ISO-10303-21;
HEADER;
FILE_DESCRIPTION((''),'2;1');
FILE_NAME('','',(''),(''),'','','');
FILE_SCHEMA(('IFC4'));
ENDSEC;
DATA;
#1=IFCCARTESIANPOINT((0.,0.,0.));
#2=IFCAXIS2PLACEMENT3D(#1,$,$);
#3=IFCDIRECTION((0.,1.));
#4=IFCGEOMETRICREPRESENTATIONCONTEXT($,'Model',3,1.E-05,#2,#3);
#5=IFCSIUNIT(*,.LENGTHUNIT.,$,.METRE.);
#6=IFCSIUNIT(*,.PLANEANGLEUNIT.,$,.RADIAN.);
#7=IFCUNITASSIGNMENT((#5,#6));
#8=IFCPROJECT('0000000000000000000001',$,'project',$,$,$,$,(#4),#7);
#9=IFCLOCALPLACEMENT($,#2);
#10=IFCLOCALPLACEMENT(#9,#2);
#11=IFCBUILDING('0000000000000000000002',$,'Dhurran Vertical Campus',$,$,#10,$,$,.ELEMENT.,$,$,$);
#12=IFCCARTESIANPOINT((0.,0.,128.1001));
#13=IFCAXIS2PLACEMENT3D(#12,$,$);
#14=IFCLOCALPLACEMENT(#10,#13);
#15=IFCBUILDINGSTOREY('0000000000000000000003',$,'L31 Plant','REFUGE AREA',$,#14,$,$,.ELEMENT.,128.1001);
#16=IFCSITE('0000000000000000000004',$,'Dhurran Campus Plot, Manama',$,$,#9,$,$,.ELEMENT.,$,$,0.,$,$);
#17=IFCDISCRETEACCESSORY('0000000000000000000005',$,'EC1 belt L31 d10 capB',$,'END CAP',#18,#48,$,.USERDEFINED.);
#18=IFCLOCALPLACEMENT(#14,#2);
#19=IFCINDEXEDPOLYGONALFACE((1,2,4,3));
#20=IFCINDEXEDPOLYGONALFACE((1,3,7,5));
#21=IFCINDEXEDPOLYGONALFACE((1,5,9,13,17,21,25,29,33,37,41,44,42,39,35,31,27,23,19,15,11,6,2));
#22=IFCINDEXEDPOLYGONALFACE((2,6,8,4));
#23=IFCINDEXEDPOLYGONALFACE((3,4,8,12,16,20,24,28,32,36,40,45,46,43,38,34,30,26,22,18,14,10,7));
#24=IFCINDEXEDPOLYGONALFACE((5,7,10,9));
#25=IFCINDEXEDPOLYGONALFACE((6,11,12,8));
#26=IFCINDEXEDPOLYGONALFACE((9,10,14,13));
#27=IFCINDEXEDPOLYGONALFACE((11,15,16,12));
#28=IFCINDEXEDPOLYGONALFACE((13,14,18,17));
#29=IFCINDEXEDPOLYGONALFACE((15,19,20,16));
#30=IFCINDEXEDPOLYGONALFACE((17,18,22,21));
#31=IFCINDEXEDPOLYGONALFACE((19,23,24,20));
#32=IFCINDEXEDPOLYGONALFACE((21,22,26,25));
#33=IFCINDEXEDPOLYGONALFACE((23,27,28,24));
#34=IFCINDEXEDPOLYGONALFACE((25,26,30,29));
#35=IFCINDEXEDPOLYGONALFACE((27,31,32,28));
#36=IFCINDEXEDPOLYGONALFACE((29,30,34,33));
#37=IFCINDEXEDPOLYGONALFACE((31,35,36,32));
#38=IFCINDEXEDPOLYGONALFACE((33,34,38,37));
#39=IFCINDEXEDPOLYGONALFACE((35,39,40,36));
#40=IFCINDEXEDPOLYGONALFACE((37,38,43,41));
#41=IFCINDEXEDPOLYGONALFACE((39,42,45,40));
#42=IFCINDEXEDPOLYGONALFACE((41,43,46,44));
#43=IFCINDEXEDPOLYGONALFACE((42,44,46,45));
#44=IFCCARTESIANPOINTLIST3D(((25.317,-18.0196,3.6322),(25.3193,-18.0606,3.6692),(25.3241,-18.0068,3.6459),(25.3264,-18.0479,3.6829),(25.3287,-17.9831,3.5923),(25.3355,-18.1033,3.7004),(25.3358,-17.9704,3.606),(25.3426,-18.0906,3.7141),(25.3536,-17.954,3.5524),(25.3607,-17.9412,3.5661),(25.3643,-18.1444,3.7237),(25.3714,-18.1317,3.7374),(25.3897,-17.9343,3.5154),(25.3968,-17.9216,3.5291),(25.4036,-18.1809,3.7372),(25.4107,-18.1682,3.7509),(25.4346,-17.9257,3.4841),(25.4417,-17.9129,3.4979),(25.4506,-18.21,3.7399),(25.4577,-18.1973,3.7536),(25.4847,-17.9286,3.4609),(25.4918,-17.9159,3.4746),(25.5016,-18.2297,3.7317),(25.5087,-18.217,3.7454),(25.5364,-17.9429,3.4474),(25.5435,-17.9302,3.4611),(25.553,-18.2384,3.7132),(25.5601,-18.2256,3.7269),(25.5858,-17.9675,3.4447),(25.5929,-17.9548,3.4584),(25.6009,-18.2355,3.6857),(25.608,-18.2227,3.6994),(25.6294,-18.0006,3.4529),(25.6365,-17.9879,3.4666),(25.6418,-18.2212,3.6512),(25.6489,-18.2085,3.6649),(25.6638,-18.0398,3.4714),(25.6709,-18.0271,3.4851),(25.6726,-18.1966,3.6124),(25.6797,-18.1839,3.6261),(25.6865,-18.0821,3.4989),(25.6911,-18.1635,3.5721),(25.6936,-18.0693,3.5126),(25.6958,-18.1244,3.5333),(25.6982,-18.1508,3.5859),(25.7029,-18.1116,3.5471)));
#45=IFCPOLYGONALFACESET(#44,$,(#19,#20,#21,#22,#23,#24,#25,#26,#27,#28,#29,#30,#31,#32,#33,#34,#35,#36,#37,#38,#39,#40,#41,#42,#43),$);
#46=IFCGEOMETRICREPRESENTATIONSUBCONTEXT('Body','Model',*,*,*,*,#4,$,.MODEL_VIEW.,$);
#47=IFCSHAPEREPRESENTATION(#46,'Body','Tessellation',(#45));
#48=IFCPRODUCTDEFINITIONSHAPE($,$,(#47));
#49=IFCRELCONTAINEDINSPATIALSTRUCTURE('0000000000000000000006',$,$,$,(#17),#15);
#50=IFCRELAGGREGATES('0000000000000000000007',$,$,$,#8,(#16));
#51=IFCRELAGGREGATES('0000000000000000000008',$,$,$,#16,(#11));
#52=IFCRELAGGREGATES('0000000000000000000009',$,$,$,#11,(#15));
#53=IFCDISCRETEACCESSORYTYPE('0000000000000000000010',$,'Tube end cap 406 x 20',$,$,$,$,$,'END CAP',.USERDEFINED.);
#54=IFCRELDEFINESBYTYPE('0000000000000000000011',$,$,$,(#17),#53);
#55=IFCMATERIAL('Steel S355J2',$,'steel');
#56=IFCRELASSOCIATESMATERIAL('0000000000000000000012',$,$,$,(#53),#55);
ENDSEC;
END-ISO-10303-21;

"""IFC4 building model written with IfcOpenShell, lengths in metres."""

from ifc_helpers import new_model, si_unit, direction, frame, origin, origin_2d, place, context, subcontext, project, spatial, circle, extrude, material, material_profile, profile_set, type_object, element, save


model = new_model("IFC4")

# Units and contexts
model_context = context("Model", 3, precision=1e-05, world=origin(), true_north=direction((0.0, 1.0)))
body_context = subcontext(model_context, "Body", "Model", "MODEL_VIEW")
ifc_project = project(units=[si_unit("LENGTHUNIT", "METRE"), si_unit("PLANEANGLEUNIT", "RADIAN")], contexts=[model_context])

# Site, building, storey
site_placement = place(None, origin())
site = spatial("IfcSite", under=ifc_project, at=site_placement, Name="Dhurran Campus Plot, Manama", CompositionType="ELEMENT", RefElevation=0.0)
building_placement = place(site_placement, origin())
building = spatial("IfcBuilding", under=site, at=building_placement, Name="Dhurran Vertical Campus", CompositionType="ELEMENT")
storey_placement = place(building_placement, frame((0.0, 0.0, 128.1001)))
storey = spatial("IfcBuildingStorey", under=building, at=storey_placement, Name="L31 Plant", Description="REFUGE AREA", CompositionType="ELEMENT", Elevation=128.1001)

# Discrete accessory
ifc_material_1 = material(Name="Steel S355J2", Category="steel")
ifc_material_profile_1 = material_profile(ifc_material_1, circle(Radius=0.2031, at=origin_2d()), Name="Tube end cap 406 x 20")
ifc_profile_set_1 = profile_set([ifc_material_profile_1], Name="Steel S355J2")
discrete_accessory_type = type_object("IfcDiscreteAccessoryType", Name="Tube end cap 406 x 20", ElementType="END CAP", PredefinedType="USERDEFINED", material=ifc_profile_set_1)
for number, where, z_axis, x_axis, name in (
    (1, (25.5061, -18.082, 3.5923), (0.354795, 0.636184, 0.685121), (-0.873364, 0.487068, 0.0), "EC1 belt L31 d10 capB"),
):
    element("IfcDiscreteAccessory", number, at=place(storey_placement, frame(where, z_axis=z_axis, x_axis=x_axis)), inside=storey, type_object=discrete_accessory_type, Name=name, ObjectType="END CAP", PredefinedType="USERDEFINED", context=body_context, shape_type="SweptSolid", body=[
        extrude(circle(Radius=0.2031, at=origin_2d()), origin(), (0.0, 0.0, 1.0), 0.02),
    ])

save(model, "model.ifc")
